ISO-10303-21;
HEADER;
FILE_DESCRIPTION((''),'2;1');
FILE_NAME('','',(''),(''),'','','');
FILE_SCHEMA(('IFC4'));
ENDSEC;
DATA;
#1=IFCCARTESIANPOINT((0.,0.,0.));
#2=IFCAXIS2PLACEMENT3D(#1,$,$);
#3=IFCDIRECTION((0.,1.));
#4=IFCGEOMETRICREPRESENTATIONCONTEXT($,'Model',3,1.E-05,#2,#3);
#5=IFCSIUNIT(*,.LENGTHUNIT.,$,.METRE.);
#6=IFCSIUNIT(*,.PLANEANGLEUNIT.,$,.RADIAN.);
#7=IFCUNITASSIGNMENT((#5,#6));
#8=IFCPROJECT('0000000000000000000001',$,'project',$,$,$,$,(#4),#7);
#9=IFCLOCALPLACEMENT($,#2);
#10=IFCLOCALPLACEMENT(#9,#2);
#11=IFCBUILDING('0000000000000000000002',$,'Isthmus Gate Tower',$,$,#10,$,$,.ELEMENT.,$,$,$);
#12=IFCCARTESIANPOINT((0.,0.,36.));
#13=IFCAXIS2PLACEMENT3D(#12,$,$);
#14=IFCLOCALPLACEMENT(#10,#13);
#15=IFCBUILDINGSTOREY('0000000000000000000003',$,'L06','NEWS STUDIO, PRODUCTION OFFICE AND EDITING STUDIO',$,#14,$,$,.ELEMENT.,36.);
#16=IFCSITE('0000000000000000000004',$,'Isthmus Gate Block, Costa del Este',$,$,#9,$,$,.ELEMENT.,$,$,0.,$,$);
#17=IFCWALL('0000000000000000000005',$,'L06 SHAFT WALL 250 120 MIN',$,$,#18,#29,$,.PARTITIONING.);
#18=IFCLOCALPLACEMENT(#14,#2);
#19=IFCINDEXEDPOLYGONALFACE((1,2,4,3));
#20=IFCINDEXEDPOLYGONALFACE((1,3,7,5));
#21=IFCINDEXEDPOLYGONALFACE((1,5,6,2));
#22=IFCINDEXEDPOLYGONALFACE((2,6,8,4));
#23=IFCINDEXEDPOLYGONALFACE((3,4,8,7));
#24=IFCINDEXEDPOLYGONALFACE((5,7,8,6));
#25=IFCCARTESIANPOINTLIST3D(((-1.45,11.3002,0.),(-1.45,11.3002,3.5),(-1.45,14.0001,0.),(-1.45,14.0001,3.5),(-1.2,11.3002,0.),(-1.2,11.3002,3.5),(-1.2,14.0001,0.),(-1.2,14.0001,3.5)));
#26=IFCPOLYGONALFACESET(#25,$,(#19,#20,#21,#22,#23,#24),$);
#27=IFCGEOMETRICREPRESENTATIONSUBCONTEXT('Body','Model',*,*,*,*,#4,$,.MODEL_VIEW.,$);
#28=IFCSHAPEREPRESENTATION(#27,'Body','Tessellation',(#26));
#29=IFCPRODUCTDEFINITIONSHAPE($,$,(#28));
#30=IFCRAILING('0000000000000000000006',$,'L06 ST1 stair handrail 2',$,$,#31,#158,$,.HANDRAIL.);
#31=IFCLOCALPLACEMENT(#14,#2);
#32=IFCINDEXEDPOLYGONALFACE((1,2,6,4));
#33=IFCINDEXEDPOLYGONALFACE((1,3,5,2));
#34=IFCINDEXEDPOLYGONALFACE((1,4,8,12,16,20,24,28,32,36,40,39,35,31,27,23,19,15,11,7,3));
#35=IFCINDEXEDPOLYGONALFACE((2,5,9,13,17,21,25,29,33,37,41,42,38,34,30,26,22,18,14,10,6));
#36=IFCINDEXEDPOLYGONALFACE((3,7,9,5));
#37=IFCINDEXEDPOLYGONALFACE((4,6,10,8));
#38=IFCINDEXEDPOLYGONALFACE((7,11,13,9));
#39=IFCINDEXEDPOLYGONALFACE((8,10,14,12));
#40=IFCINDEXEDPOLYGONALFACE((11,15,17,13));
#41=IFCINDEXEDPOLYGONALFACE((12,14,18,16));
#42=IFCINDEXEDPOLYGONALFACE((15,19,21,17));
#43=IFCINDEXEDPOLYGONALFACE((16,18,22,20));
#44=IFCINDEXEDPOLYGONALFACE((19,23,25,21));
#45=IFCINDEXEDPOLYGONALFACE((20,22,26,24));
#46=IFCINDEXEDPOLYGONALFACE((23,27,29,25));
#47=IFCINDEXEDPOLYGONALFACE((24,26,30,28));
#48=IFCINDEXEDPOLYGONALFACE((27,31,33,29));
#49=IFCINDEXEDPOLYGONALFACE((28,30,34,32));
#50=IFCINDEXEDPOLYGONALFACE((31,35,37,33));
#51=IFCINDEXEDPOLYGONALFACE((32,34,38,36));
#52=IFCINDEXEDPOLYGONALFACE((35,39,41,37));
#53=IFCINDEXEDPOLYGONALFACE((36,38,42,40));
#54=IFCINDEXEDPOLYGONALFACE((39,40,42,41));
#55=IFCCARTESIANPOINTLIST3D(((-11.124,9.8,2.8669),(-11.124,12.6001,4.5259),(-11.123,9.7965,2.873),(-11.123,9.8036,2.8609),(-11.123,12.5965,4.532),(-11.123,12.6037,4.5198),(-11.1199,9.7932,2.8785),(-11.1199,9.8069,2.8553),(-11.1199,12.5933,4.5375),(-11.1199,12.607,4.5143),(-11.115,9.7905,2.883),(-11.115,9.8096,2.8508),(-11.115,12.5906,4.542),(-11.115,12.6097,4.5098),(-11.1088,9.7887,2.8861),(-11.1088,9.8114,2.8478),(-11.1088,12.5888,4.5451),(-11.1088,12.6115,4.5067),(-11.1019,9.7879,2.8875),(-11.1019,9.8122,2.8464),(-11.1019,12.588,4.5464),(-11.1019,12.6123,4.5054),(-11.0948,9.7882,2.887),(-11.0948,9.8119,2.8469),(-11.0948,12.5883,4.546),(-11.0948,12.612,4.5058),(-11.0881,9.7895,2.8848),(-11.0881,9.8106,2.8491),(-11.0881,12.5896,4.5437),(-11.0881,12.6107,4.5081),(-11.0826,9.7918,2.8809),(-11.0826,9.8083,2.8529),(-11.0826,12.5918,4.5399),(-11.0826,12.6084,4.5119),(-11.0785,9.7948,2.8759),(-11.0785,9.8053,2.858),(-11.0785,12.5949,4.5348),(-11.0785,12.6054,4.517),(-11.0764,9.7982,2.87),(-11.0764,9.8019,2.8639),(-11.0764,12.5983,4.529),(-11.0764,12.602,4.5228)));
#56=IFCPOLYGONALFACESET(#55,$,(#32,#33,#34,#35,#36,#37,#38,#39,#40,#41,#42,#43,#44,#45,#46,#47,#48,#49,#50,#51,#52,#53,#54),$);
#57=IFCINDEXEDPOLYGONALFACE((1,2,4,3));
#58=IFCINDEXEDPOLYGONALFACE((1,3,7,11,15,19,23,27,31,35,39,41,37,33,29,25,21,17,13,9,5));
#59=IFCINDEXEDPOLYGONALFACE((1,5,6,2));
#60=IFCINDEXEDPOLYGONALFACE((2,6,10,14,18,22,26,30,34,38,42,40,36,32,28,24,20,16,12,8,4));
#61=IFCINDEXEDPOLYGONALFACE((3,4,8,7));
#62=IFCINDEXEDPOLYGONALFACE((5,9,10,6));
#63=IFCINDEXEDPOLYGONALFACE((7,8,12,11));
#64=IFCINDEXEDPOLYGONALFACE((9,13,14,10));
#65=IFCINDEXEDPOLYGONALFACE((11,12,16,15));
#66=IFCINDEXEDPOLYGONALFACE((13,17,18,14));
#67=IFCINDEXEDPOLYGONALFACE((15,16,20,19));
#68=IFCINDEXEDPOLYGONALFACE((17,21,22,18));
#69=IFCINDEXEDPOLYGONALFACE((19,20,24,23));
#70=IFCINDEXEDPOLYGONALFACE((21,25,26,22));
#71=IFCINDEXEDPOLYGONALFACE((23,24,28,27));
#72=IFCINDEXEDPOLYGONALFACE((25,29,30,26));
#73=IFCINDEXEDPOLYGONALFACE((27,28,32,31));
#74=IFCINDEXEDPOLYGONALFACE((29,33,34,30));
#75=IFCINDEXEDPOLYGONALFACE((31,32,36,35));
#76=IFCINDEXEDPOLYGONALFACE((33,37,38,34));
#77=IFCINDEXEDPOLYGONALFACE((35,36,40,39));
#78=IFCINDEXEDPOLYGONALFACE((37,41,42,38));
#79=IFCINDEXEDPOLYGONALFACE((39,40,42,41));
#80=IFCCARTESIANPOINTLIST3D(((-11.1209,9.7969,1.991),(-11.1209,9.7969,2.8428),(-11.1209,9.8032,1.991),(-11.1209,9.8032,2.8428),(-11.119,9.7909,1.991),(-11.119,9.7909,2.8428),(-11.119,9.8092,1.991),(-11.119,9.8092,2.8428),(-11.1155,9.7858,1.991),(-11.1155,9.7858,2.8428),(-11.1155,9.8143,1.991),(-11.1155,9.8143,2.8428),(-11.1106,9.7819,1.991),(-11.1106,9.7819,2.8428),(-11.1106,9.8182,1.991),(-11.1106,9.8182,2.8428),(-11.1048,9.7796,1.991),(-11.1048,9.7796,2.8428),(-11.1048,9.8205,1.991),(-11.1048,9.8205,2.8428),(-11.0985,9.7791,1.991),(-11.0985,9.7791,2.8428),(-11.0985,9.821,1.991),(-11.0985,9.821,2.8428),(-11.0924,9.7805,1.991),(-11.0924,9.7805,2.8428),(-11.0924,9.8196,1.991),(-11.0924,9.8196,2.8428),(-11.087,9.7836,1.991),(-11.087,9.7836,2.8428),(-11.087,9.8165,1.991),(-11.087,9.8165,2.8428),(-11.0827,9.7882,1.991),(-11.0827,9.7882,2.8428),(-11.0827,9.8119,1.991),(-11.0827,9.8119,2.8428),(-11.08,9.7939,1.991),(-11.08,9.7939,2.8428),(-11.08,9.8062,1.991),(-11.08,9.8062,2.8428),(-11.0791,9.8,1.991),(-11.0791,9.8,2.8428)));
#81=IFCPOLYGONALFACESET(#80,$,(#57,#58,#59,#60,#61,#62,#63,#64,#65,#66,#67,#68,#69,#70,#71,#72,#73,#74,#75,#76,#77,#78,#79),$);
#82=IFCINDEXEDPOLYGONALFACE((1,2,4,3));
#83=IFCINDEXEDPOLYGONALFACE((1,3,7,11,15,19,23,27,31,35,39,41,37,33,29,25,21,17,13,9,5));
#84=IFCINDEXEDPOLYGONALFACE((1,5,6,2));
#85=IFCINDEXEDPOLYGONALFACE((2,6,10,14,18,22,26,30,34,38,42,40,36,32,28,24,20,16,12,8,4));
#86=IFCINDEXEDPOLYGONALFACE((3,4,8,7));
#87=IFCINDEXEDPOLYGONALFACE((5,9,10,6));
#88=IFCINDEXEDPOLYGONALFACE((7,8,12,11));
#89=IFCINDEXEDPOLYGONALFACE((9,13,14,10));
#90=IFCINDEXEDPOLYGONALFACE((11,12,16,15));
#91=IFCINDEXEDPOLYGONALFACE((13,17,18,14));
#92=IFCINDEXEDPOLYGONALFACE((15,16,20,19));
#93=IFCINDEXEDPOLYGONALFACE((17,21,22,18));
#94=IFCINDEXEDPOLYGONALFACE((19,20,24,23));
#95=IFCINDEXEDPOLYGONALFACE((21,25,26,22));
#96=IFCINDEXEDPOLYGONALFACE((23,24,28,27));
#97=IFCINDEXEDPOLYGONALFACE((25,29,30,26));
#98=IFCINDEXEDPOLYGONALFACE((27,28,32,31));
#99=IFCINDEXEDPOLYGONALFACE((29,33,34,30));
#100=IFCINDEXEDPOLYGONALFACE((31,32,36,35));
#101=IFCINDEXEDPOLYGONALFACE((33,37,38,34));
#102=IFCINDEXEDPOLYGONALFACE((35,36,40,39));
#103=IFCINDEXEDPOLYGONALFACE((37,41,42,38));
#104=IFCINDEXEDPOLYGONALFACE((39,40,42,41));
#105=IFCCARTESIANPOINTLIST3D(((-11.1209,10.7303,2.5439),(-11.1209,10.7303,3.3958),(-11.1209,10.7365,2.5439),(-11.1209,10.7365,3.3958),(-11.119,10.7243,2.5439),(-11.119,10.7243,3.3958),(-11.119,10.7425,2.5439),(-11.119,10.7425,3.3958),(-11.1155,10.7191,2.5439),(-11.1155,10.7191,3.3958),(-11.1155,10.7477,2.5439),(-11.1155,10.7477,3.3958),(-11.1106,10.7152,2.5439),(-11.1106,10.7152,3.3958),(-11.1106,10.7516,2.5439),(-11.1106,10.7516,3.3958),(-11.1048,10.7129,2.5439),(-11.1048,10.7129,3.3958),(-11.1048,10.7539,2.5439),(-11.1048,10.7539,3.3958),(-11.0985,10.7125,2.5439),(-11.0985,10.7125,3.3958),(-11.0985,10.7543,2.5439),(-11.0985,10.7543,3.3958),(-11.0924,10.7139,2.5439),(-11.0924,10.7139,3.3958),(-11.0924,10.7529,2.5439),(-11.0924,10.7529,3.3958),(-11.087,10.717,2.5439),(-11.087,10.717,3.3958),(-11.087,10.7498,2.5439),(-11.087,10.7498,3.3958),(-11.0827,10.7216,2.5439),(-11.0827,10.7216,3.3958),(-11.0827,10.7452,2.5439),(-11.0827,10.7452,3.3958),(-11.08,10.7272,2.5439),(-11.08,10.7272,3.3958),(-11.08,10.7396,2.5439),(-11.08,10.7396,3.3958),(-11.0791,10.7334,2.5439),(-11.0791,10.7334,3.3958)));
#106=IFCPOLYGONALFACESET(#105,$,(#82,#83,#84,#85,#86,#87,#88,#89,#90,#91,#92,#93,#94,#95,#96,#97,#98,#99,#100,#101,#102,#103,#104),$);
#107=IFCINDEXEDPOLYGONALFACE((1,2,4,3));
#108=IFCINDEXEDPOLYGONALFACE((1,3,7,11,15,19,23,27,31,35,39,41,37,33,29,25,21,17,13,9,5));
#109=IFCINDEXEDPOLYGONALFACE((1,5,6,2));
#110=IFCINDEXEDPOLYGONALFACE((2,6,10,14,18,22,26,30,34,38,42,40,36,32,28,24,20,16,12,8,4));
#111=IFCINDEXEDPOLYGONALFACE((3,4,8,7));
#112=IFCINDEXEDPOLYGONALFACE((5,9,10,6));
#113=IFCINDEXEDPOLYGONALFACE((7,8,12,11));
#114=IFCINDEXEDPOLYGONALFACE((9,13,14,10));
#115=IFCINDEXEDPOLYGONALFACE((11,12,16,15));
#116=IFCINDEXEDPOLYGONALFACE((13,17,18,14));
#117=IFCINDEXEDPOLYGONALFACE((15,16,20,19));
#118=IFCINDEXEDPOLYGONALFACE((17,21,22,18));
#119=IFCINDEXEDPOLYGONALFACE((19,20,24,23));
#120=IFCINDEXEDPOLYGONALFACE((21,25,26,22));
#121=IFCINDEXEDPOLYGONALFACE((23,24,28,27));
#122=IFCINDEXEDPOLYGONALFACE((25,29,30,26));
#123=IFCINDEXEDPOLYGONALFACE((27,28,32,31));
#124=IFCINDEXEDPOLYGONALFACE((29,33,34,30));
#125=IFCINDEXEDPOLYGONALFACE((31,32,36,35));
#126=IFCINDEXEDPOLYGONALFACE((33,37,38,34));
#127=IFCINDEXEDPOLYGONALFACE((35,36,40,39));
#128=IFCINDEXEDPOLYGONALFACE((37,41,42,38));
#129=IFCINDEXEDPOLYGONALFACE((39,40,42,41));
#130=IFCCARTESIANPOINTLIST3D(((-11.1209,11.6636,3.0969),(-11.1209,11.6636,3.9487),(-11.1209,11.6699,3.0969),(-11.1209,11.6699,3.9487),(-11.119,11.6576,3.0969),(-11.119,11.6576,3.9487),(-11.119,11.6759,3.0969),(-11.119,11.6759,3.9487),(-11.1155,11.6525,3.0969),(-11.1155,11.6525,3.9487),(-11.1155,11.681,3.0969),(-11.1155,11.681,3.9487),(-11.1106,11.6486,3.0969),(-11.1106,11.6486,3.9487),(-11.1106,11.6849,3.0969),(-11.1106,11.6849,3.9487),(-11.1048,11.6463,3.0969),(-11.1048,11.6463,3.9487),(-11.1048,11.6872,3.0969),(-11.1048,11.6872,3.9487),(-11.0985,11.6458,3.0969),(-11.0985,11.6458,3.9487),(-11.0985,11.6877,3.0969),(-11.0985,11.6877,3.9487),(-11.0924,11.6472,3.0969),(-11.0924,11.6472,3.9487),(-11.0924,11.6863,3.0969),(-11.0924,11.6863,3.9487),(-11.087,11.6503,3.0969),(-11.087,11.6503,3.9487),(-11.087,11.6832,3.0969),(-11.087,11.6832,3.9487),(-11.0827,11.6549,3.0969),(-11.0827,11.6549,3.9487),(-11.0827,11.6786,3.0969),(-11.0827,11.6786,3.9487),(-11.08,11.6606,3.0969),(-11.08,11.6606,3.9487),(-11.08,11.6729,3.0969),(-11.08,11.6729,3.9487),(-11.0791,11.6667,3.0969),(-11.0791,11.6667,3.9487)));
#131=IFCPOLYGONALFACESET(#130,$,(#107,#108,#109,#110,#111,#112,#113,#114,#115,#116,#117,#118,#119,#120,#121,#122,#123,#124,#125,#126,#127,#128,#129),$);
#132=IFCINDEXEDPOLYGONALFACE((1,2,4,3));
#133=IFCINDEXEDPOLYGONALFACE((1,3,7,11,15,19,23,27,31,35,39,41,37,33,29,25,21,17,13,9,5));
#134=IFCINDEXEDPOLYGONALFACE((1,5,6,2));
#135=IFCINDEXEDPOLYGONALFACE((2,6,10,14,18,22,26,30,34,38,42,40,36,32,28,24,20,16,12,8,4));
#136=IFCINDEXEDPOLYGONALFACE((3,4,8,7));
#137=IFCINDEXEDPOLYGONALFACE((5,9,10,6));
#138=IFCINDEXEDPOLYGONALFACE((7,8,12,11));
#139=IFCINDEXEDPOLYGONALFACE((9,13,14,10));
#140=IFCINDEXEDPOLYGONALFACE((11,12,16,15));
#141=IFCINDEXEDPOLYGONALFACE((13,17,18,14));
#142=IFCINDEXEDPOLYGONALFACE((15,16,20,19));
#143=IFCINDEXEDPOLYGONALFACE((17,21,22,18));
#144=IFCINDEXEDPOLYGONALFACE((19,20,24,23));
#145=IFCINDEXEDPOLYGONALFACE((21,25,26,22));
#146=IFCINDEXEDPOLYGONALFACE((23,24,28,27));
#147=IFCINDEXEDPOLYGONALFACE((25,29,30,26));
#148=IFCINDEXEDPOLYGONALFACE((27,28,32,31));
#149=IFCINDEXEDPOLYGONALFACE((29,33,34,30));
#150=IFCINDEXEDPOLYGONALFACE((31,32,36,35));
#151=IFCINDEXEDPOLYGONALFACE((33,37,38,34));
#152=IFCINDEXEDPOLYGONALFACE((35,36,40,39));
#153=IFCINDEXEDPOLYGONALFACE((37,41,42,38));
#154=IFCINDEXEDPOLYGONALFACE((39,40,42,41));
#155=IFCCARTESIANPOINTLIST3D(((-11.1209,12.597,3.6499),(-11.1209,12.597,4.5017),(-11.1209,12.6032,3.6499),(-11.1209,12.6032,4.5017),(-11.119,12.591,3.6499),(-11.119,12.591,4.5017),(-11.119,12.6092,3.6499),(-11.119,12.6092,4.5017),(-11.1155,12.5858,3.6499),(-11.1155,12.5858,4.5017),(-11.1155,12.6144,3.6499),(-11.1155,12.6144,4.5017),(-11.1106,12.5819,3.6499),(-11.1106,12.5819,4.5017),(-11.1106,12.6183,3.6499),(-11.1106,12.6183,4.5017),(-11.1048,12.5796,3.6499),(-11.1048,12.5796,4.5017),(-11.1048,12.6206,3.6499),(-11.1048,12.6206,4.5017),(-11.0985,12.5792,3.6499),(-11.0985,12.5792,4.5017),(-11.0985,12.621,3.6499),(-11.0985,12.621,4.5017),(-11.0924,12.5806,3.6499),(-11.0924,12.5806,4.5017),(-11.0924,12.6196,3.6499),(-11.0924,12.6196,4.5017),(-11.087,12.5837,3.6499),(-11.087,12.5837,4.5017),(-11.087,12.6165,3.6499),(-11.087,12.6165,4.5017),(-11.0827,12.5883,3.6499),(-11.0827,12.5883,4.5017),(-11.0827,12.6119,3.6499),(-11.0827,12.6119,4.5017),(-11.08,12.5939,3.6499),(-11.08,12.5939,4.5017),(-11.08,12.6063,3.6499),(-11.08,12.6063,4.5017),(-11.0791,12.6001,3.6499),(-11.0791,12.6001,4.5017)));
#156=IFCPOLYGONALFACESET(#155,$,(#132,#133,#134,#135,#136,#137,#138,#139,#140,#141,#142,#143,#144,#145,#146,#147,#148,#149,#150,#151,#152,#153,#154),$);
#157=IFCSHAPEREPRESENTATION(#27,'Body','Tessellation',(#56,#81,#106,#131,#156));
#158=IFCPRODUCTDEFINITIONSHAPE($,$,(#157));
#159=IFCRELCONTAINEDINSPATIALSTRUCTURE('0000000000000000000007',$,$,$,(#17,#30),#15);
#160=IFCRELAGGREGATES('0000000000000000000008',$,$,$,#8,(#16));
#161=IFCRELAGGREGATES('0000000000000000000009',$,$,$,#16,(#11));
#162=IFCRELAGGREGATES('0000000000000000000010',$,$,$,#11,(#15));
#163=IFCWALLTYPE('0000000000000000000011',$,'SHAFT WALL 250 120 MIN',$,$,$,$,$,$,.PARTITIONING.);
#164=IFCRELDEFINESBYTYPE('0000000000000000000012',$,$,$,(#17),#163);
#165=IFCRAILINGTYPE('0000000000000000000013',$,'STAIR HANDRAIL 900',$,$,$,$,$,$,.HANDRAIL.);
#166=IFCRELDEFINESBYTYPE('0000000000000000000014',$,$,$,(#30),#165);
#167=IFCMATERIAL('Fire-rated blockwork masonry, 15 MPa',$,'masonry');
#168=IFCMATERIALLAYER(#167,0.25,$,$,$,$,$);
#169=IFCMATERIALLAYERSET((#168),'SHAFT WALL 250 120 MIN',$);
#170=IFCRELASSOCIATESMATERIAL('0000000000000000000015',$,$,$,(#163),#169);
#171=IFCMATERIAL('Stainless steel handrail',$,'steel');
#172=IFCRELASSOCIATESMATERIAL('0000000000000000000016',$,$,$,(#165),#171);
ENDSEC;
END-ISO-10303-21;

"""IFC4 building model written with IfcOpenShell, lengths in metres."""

from ifc_helpers import new_model, si_unit, direction, frame, frame_2d, origin, origin_2d, place, context, subcontext, project, spatial, rectangle, circle, extrude, material, layer, layer_set, type_object, element, save


model = new_model("IFC4")

# Units and contexts
model_context = context("Model", 3, precision=1e-05, world=origin(), true_north=direction((0.0, 1.0)))
body_context = subcontext(model_context, "Body", "Model", "MODEL_VIEW")
ifc_project = project(units=[si_unit("LENGTHUNIT", "METRE"), si_unit("PLANEANGLEUNIT", "RADIAN")], contexts=[model_context])

# Site, building, storey
site_placement = place(None, origin())
site = spatial("IfcSite", under=ifc_project, at=site_placement, Name="Isthmus Gate Block, Costa del Este", CompositionType="ELEMENT", RefElevation=0.0)
building_placement = place(site_placement, origin())
building = spatial("IfcBuilding", under=site, at=building_placement, Name="Isthmus Gate Tower", CompositionType="ELEMENT")
storey_placement = place(building_placement, frame((0.0, 0.0, 36.0)))
storey = spatial("IfcBuildingStorey", under=building, at=storey_placement, Name="L06", Description="NEWS STUDIO, PRODUCTION OFFICE AND EDITING STUDIO", CompositionType="ELEMENT", Elevation=36.0)

# Wall
ifc_material_1 = material(Name="Fire-rated blockwork masonry, 15 MPa", Category="masonry")
ifc_layer_1 = layer(ifc_material_1, 0.25)
ifc_layer_set_1 = layer_set([ifc_layer_1], Name="SHAFT WALL 250 120 MIN")
wall_type_1 = type_object("IfcWallType", Name="SHAFT WALL 250 120 MIN", PredefinedType="PARTITIONING", material=ifc_layer_set_1)
for number, where, z_axis, x_axis, name in (
    (1, (-1.325, 11.3, 0.0), (0.0, 0.0, 1.0), (0.0, 1.0, 0.0), "L06 SHAFT WALL 250 120 MIN"),
):
    element("IfcWall", number, at=place(storey_placement, frame(where, z_axis=z_axis, x_axis=x_axis)), inside=storey, type_object=wall_type_1, Name=name, PredefinedType="PARTITIONING", context=body_context, shape_type="SweptSolid", body=[
        extrude(rectangle(XDim=2.7, YDim=0.25, at=frame_2d((1.3501, 0.0))), origin(), (0.0, 0.0, 1.0), 3.5),
    ])

# Railing
ifc_material_2 = material(Name="Stainless steel handrail", Category="steel")
railing_type = type_object("IfcRailingType", Name="STAIR HANDRAIL 900", PredefinedType="HANDRAIL", material=ifc_material_2)
railing_placement = place(storey_placement, frame((-11.1001, 9.8, 1.991)))
element("IfcRailing", 2, at=railing_placement, inside=storey, type_object=railing_type, Name="L06 ST1 stair handrail 2", PredefinedType="HANDRAIL", context=body_context, shape_type="SweptSolid", body=[
    extrude(circle(Radius=0.0239, at=origin_2d()), frame((0.0, 0.0, 0.876), z_axis=(0.0, 0.860339, 0.509722), x_axis=(-1.0, 0.0, 0.0)), (0.0, 0.0, 1.0), 3.2546),
    extrude(circle(Radius=0.021, at=origin_2d()), origin(), (0.0, 0.0, 1.0), 0.8518),
    extrude(circle(Radius=0.021, at=origin_2d()), frame((0.0, 0.9333, 0.553)), (0.0, 0.0, 1.0), 0.8518),
    extrude(circle(Radius=0.021, at=origin_2d()), frame((0.0, 1.8667, 1.106)), (0.0, 0.0, 1.0), 0.8518),
    extrude(circle(Radius=0.021, at=origin_2d()), frame((0.0, 2.8, 1.6589)), (0.0, 0.0, 1.0), 0.8518),
])

save(model, "model.ifc")
